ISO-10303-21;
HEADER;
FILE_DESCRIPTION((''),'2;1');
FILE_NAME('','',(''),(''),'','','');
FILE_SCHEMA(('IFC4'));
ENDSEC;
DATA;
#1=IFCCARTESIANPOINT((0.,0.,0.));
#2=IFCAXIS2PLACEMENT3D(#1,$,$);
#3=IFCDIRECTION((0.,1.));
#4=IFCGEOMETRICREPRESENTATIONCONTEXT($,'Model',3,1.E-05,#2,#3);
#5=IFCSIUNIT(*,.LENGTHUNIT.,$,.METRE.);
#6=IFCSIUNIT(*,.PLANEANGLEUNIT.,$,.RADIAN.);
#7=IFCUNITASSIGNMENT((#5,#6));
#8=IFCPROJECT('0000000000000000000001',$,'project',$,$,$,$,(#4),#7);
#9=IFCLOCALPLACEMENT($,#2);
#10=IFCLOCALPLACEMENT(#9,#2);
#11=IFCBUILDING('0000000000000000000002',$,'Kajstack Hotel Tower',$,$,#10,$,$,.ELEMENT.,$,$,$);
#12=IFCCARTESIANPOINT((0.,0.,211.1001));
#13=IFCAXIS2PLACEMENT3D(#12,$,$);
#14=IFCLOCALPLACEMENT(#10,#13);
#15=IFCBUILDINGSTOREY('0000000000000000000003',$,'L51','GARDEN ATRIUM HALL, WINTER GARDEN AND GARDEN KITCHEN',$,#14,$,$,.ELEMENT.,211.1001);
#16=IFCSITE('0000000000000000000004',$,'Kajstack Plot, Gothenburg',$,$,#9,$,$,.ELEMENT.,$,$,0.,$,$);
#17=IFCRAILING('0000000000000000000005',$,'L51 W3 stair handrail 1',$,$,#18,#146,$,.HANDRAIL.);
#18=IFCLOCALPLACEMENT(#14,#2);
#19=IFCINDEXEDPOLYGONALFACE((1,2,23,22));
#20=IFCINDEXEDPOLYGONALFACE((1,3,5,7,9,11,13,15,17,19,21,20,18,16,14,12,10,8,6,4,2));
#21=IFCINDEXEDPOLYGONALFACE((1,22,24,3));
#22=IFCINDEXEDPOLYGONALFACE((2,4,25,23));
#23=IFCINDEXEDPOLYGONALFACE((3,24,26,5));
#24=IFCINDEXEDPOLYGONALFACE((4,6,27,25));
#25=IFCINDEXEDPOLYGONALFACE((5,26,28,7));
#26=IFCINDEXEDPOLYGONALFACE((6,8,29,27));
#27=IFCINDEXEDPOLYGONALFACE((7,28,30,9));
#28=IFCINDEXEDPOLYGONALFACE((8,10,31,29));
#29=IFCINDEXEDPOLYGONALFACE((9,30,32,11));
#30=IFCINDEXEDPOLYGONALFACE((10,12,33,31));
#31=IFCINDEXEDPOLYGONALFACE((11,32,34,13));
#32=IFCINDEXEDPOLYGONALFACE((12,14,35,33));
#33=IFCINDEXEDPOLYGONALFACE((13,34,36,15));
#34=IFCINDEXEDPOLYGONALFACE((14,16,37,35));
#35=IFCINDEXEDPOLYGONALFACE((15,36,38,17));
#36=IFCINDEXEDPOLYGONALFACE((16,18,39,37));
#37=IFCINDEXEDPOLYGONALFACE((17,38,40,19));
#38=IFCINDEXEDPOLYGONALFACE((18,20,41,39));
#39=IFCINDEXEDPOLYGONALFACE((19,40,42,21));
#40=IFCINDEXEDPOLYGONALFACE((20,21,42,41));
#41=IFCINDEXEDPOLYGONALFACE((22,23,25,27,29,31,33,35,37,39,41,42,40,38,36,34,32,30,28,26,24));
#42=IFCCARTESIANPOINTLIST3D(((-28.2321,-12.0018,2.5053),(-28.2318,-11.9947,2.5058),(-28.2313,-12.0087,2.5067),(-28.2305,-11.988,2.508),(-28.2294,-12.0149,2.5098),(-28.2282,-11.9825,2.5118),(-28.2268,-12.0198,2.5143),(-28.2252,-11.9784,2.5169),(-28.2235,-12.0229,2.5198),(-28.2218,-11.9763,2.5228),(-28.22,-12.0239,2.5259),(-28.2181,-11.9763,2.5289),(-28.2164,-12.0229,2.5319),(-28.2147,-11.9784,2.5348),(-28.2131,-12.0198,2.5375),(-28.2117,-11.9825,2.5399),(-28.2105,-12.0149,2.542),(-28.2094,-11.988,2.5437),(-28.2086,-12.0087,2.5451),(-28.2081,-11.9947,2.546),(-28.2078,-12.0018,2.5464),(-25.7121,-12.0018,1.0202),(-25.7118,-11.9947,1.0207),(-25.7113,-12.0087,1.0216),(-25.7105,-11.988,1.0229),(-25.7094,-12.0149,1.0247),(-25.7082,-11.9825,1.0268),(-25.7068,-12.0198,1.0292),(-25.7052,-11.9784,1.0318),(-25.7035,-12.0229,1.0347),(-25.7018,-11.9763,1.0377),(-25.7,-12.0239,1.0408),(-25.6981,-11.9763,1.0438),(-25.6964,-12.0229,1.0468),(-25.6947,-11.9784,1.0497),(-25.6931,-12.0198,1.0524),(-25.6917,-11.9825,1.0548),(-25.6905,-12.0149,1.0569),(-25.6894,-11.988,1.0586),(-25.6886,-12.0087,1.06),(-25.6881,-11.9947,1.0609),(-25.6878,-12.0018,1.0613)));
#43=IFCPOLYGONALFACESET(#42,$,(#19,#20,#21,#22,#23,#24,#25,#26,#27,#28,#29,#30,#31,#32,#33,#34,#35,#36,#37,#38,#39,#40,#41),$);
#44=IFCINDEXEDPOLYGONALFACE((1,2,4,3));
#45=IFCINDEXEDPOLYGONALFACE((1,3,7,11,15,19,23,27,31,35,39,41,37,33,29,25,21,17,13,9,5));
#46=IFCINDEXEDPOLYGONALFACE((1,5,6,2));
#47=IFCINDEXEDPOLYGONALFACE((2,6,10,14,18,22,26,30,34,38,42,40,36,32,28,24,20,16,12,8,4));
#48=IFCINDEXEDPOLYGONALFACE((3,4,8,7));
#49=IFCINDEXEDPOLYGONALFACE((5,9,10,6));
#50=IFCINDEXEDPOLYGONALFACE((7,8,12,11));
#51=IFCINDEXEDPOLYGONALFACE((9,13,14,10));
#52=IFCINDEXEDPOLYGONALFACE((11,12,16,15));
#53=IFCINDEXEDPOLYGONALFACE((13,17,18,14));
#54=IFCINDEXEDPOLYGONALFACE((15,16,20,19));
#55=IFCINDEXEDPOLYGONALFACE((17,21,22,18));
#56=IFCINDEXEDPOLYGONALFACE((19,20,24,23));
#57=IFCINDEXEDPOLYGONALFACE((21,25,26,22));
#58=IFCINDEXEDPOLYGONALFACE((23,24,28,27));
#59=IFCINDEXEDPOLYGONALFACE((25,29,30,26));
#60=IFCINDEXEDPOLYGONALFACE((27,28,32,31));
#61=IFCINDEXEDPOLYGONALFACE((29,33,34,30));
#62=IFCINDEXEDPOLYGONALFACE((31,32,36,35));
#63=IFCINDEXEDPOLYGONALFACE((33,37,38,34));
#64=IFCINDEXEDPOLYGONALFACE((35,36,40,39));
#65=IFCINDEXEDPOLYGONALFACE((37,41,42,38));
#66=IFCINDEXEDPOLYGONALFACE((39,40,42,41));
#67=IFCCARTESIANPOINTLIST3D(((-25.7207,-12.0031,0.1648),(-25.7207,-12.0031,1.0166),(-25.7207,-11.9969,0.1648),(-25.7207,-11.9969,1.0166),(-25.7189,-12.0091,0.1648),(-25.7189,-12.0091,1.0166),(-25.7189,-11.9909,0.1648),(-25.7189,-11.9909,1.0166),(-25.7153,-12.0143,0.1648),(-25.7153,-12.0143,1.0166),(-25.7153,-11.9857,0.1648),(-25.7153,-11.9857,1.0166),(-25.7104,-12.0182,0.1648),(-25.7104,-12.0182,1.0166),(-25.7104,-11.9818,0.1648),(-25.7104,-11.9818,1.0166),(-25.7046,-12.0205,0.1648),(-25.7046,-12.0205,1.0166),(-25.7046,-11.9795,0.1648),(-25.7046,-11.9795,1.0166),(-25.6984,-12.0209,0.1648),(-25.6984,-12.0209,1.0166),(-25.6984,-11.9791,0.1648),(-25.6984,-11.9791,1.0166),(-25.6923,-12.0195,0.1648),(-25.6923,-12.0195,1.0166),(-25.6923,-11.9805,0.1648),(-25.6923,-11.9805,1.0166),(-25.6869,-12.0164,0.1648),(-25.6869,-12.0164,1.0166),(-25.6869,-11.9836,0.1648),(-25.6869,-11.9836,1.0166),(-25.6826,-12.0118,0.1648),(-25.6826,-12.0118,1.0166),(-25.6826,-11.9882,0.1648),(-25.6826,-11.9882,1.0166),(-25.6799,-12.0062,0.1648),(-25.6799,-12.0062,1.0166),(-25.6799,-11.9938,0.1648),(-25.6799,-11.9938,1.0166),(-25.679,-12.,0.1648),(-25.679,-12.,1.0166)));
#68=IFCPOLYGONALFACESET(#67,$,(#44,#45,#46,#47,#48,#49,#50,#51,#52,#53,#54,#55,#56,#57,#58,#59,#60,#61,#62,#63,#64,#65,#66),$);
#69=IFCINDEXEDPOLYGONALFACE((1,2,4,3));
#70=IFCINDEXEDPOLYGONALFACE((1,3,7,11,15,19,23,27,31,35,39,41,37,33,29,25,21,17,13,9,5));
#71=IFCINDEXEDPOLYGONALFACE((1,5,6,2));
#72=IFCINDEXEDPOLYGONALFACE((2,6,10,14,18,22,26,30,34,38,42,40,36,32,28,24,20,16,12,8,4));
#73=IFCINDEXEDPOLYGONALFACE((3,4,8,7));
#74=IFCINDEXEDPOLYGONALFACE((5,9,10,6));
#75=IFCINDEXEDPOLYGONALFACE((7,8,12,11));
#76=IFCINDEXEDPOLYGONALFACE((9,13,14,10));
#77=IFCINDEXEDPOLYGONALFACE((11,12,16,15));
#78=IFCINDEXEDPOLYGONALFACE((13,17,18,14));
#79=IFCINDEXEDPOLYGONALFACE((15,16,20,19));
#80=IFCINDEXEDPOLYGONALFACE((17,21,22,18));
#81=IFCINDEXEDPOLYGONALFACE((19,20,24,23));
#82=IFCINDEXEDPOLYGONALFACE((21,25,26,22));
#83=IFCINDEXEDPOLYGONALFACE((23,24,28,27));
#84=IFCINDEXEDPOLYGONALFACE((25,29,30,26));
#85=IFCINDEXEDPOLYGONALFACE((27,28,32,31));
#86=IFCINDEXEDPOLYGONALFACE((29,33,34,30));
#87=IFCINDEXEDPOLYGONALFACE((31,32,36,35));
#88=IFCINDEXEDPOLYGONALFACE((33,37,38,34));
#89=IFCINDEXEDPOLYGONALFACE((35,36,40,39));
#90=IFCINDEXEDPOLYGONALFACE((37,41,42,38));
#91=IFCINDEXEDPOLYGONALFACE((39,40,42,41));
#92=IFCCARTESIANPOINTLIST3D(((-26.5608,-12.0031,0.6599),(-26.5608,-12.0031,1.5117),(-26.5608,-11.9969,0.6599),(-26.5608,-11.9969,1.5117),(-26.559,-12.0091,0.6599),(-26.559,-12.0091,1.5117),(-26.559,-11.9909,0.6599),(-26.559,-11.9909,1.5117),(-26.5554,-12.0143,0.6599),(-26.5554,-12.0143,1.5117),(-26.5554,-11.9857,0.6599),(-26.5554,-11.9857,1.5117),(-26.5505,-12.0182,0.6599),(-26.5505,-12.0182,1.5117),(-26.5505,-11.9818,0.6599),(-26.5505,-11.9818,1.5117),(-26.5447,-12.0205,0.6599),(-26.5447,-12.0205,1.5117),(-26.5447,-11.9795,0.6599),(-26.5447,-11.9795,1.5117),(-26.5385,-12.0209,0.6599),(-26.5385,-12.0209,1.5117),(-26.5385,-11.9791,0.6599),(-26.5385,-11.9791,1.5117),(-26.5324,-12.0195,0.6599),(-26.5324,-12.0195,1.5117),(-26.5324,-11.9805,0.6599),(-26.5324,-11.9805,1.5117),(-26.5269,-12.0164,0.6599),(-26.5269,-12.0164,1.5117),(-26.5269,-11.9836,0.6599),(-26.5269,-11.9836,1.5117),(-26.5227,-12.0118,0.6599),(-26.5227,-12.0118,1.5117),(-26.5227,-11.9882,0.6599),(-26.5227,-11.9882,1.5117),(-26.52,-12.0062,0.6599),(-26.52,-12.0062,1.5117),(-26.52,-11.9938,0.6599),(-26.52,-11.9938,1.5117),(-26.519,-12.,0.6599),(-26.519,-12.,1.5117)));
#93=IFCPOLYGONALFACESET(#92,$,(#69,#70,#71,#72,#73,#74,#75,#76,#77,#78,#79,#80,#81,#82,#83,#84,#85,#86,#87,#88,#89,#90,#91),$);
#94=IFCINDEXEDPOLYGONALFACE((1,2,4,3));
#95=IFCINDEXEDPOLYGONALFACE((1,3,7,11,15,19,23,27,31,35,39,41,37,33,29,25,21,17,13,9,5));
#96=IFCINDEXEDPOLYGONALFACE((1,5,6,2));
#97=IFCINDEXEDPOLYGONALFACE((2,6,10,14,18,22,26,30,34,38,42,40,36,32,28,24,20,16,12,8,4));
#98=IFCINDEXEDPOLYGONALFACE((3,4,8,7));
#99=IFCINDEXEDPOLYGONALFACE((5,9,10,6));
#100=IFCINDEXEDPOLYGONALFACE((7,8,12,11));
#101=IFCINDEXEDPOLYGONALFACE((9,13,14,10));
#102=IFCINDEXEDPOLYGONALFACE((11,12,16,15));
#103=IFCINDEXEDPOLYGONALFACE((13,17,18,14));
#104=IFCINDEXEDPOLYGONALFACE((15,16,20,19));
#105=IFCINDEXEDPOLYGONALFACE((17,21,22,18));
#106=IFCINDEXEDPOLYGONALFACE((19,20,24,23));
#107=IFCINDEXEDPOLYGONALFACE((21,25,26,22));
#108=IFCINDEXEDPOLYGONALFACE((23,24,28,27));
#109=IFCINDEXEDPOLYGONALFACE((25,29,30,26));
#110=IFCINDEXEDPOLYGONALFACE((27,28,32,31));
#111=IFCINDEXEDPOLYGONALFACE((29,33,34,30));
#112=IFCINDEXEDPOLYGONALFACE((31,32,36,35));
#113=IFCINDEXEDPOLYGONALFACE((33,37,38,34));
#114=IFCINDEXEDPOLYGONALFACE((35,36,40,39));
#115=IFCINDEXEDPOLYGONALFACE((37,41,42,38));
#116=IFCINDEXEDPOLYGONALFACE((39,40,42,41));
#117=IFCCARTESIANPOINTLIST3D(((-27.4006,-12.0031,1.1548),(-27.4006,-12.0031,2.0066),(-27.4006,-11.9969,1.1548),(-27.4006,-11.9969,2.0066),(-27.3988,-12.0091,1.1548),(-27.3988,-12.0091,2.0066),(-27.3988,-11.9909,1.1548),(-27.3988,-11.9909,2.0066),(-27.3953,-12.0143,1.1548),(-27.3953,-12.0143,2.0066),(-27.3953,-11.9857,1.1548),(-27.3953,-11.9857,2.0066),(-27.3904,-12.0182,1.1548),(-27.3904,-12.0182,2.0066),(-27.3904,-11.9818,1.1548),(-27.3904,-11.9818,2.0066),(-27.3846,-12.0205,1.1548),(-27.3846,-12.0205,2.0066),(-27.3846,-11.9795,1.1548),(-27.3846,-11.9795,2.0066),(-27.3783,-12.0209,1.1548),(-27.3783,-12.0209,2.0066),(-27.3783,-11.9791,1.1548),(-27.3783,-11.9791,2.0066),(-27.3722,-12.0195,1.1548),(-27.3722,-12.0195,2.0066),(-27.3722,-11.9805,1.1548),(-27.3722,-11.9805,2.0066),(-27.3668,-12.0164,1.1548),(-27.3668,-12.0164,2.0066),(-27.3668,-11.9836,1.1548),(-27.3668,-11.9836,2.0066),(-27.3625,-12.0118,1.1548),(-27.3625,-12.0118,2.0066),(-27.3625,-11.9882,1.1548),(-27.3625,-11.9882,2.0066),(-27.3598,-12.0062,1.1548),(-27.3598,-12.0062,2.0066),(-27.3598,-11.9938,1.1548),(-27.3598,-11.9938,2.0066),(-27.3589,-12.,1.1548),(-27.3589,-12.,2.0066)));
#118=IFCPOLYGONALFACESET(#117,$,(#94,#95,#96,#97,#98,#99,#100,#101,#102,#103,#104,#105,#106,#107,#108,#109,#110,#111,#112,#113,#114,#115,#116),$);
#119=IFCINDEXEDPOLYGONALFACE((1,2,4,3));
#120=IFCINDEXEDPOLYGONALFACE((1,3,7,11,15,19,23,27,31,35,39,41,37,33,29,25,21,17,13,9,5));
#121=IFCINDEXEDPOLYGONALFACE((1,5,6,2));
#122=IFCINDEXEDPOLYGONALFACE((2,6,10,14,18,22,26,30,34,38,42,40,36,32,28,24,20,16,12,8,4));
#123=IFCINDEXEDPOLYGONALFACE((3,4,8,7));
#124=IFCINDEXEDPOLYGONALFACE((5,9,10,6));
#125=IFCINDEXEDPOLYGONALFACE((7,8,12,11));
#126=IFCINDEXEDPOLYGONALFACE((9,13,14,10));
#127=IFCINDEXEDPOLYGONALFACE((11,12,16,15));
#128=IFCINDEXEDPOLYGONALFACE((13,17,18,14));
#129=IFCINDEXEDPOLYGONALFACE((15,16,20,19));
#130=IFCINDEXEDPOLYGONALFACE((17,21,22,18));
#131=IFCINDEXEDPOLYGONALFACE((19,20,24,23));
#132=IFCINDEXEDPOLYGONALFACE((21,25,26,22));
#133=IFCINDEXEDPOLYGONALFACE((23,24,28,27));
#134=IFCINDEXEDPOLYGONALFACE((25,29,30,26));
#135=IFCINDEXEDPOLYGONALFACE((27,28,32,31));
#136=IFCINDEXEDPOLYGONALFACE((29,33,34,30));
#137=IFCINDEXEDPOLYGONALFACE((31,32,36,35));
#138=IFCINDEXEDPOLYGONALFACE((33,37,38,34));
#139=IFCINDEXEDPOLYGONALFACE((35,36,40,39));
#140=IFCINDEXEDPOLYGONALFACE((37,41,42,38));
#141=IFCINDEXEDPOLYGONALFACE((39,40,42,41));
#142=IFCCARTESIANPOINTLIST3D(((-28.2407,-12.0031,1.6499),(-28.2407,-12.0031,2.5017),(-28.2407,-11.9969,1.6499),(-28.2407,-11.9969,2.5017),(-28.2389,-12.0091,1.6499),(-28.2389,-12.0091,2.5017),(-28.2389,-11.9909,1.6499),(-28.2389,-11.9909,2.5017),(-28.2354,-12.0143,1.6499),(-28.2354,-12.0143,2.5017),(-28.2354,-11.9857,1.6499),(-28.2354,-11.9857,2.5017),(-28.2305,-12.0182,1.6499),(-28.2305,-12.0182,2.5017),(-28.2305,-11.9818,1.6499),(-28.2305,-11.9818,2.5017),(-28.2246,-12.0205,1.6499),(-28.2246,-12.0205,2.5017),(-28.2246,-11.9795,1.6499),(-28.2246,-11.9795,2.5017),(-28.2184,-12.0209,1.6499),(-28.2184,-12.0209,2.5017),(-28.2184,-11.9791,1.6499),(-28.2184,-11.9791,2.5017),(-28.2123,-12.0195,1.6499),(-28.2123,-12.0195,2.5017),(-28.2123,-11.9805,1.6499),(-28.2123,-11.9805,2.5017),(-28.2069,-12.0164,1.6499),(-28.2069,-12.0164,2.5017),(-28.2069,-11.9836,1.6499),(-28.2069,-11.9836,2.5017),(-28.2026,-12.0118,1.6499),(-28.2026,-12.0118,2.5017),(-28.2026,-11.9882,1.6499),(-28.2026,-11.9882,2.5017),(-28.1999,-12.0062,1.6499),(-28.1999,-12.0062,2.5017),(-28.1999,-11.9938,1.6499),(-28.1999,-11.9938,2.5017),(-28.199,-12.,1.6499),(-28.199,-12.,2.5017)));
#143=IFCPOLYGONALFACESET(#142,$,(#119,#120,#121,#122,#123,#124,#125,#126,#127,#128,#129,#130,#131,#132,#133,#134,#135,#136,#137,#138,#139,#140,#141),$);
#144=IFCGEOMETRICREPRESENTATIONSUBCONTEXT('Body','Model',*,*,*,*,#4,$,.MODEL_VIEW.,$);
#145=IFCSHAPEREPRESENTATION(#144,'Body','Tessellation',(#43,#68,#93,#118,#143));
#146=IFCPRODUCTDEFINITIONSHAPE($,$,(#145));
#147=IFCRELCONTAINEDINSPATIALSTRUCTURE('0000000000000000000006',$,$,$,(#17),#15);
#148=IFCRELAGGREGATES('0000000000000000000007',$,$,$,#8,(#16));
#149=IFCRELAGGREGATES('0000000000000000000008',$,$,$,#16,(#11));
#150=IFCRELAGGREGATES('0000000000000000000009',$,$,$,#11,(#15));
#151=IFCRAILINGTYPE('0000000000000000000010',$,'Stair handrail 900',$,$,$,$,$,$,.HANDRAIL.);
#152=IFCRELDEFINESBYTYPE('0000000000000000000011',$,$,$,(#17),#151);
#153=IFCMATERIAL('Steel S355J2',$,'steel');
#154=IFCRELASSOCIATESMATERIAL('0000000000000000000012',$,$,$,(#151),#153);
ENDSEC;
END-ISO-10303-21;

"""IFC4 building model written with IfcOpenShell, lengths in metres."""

from ifc_helpers import new_model, si_unit, direction, frame, origin, origin_2d, place, context, subcontext, project, spatial, circle, extrude, material, type_object, element, save


model = new_model("IFC4")

# Units and contexts
model_context = context("Model", 3, precision=1e-05, world=origin(), true_north=direction((0.0, 1.0)))
body_context = subcontext(model_context, "Body", "Model", "MODEL_VIEW")
ifc_project = project(units=[si_unit("LENGTHUNIT", "METRE"), si_unit("PLANEANGLEUNIT", "RADIAN")], contexts=[model_context])

# Site, building, storey
site_placement = place(None, origin())
site = spatial("IfcSite", under=ifc_project, at=site_placement, Name="Kajstack Plot, Gothenburg", CompositionType="ELEMENT", RefElevation=0.0)
building_placement = place(site_placement, origin())
building = spatial("IfcBuilding", under=site, at=building_placement, Name="Kajstack Hotel Tower", CompositionType="ELEMENT")
storey_placement = place(building_placement, frame((0.0, 0.0, 211.1001)))
storey = spatial("IfcBuildingStorey", under=building, at=storey_placement, Name="L51", Description="GARDEN ATRIUM HALL, WINTER GARDEN AND GARDEN KITCHEN", CompositionType="ELEMENT", Elevation=211.1001)

# Railing
ifc_material_1 = material(Name="Steel S355J2", Category="steel")
railing_type = type_object("IfcRailingType", Name="Stair handrail 900", PredefinedType="HANDRAIL", material=ifc_material_1)
for number, where, name in (
    (1, (-25.7, -12.0, 0.1648), "L51 W3 stair handrail 1"),
):
    element("IfcRailing", number, at=place(storey_placement, frame(where)), inside=storey, type_object=railing_type, Name=name, PredefinedType="HANDRAIL", context=body_context, shape_type="SweptSolid", body=[
        extrude(circle(Radius=0.0239, at=origin_2d()), frame((0.0, 0.0, 0.876), z_axis=(-0.861524, 0.0, 0.507717), x_axis=(0.0, -1.0, 0.0)), (0.0, 0.0, 1.0), 2.925),
        extrude(circle(Radius=0.021, at=origin_2d()), origin(), (0.0, 0.0, 1.0), 0.8518),
        extrude(circle(Radius=0.021, at=origin_2d()), frame((-0.8401, 0.0, 0.4951)), (0.0, 0.0, 1.0), 0.8518),
        extrude(circle(Radius=0.021, at=origin_2d()), frame((-1.6799, 0.0, 0.99)), (0.0, 0.0, 1.0), 0.8518),
        extrude(circle(Radius=0.021, at=origin_2d()), frame((-2.52, 0.0, 1.4851)), (0.0, 0.0, 1.0), 0.8518),
    ])

save(model, "model.ifc")
